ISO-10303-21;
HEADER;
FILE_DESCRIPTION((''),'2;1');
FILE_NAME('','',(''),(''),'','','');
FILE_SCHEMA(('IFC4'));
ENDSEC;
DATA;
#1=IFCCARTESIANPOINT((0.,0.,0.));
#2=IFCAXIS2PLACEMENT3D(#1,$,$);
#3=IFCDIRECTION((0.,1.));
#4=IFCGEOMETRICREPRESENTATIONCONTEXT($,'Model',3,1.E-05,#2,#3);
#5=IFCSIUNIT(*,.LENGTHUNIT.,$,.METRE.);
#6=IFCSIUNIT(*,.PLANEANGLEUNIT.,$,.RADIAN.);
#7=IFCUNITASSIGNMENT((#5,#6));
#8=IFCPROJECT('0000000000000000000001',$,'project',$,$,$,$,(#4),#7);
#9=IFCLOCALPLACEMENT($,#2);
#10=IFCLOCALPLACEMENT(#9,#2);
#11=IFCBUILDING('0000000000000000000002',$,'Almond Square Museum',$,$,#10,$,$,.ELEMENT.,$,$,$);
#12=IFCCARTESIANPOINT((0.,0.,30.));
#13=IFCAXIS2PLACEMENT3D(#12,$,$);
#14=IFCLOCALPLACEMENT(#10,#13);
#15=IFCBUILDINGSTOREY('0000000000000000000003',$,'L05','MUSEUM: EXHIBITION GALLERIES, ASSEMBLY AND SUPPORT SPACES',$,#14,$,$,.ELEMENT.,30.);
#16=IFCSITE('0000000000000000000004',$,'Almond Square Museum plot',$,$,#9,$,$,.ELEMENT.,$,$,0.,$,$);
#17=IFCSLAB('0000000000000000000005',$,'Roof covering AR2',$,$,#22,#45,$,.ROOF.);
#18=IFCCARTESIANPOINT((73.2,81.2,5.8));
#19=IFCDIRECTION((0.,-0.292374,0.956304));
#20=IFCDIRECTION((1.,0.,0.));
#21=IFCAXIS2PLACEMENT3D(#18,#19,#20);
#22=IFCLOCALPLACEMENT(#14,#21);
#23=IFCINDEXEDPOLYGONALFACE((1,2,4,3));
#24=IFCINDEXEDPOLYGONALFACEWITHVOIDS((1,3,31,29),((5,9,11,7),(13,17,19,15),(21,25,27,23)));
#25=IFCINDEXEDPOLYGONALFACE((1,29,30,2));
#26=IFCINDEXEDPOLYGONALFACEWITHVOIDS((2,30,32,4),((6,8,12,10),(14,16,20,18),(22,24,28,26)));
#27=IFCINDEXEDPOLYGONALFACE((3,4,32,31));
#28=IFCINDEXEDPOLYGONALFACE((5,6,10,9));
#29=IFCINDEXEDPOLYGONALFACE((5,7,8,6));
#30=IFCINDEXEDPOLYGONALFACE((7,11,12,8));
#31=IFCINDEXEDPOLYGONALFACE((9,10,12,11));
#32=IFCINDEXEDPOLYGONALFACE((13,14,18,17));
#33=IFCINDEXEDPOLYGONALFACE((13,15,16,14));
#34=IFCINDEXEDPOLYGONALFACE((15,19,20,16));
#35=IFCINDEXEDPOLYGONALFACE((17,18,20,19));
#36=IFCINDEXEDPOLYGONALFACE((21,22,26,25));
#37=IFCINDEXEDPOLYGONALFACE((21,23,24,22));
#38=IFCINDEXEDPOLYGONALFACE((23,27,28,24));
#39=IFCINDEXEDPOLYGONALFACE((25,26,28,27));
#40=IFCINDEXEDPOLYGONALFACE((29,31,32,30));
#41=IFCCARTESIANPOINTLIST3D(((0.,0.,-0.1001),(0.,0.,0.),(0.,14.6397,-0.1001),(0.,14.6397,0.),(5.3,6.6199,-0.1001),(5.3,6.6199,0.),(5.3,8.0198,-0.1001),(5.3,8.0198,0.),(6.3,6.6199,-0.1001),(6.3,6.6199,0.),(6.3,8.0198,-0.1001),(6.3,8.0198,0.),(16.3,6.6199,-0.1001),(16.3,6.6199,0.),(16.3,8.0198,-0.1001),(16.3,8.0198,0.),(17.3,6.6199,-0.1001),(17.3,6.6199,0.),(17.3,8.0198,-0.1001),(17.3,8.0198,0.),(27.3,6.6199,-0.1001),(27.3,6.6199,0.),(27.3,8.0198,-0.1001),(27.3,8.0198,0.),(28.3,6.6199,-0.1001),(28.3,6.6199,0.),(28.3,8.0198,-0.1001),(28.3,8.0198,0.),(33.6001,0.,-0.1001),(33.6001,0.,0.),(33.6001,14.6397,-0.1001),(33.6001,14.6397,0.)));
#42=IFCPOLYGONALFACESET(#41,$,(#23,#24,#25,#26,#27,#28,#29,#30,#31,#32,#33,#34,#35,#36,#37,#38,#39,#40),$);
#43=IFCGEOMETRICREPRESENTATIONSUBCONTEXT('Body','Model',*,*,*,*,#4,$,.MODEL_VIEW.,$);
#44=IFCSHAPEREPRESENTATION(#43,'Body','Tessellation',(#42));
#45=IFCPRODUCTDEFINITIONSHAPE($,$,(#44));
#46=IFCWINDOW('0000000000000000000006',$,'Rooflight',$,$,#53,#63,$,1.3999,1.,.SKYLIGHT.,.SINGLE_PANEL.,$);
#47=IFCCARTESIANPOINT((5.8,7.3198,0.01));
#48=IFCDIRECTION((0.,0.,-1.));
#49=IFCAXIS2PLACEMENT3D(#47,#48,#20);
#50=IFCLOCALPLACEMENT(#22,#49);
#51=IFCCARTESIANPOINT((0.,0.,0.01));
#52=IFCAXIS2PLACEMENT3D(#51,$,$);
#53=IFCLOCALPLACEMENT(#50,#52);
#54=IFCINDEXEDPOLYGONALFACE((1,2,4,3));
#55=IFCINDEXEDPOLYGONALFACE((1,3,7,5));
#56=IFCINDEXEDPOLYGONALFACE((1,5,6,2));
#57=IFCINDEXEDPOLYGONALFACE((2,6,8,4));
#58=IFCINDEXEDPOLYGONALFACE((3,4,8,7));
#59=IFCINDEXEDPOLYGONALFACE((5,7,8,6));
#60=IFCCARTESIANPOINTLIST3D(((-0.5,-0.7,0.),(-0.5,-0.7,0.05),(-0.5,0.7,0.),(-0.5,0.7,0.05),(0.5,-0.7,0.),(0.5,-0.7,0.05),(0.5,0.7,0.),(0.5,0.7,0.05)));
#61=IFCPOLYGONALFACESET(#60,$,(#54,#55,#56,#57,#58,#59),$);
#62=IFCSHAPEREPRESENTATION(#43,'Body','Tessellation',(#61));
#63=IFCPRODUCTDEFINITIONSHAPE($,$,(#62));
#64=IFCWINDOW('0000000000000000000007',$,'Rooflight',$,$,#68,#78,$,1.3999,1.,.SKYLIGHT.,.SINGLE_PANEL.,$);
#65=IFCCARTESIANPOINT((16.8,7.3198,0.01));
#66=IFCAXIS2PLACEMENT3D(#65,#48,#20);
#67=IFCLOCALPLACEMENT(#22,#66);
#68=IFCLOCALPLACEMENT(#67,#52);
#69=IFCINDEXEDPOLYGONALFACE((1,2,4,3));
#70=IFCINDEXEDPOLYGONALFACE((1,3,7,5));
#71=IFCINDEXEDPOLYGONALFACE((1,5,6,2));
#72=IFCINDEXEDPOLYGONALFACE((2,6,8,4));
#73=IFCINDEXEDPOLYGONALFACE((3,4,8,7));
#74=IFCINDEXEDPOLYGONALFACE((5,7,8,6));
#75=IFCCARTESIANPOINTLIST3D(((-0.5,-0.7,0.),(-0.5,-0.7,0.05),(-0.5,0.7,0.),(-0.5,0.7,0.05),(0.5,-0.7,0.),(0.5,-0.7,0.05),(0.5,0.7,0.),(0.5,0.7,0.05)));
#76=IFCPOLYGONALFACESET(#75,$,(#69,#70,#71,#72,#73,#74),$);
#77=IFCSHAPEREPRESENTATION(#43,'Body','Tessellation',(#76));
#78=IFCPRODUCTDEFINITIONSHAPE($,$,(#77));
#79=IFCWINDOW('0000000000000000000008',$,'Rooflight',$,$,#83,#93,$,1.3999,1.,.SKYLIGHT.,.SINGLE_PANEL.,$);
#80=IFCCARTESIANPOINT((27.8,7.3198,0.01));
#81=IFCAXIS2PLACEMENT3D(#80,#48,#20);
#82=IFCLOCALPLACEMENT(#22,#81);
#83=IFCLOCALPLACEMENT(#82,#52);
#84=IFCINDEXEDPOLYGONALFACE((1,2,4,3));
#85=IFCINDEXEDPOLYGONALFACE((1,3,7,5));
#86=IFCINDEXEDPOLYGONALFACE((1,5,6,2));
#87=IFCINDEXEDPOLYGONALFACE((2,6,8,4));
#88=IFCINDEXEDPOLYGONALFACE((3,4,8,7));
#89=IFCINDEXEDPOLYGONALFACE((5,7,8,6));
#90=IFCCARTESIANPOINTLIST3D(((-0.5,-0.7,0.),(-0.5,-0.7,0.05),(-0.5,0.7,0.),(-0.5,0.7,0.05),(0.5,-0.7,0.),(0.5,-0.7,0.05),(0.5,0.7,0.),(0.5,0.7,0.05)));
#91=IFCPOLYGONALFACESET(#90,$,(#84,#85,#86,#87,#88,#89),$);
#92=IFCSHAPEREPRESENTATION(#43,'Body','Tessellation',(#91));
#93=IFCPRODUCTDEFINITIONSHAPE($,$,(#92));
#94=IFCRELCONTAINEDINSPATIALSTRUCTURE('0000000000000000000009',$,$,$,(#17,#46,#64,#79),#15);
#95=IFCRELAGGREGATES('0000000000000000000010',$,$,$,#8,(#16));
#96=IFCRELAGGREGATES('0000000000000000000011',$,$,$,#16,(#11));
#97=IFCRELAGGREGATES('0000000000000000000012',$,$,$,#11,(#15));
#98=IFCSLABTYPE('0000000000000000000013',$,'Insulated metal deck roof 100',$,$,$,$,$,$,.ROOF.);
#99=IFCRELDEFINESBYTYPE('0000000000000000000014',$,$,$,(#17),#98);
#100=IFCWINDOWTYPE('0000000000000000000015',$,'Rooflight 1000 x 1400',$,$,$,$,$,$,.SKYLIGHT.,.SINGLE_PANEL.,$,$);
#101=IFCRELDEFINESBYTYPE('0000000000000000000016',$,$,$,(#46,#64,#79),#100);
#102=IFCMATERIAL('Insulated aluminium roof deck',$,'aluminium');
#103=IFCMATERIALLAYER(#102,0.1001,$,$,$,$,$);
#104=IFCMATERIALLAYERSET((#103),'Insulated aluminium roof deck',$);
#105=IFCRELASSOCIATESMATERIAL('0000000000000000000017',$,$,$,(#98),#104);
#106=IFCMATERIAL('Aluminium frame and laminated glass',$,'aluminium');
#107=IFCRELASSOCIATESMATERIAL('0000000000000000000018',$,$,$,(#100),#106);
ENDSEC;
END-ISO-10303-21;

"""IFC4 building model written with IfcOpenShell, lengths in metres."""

from ifc_helpers import new_model, si_unit, direction, frame, origin, origin_2d, place, context, subcontext, project, spatial, polyline, rectangle, outline, extrude, material, layer, layer_set, type_object, element, fill, save


model = new_model("IFC4")

# Units and contexts
model_context = context("Model", 3, precision=1e-05, world=origin(), true_north=direction((0.0, 1.0)))
body_context = subcontext(model_context, "Body", "Model", "MODEL_VIEW")
ifc_project = project(units=[si_unit("LENGTHUNIT", "METRE"), si_unit("PLANEANGLEUNIT", "RADIAN")], contexts=[model_context])

# Site, building, storey
site_placement = place(None, origin())
site = spatial("IfcSite", under=ifc_project, at=site_placement, Name="Almond Square Museum plot", CompositionType="ELEMENT", RefElevation=0.0)
building_placement = place(site_placement, origin())
building = spatial("IfcBuilding", under=site, at=building_placement, Name="Almond Square Museum", CompositionType="ELEMENT")
storey_placement = place(building_placement, frame((0.0, 0.0, 30.0)))
storey = spatial("IfcBuildingStorey", under=building, at=storey_placement, Name="L05", Description="MUSEUM: EXHIBITION GALLERIES, ASSEMBLY AND SUPPORT SPACES", CompositionType="ELEMENT", Elevation=30.0)

# Slab, openings, windows
ifc_material_1 = material(Name="Insulated aluminium roof deck", Category="aluminium")
ifc_layer_1 = layer(ifc_material_1, 0.1001)
ifc_layer_set_1 = layer_set([ifc_layer_1], Name="Insulated aluminium roof deck")
slab_type = type_object("IfcSlabType", Name="Insulated metal deck roof 100", PredefinedType="ROOF", material=ifc_layer_set_1)
slab_placement = place(storey_placement, frame((73.2, 81.2, 5.8), z_axis=(0.0, -0.292374, 0.956304), x_axis=(1.0, 0.0, 0.0)))
slab = element("IfcSlab", 1, at=slab_placement, inside=storey, type_object=slab_type, Name="Roof covering AR2", PredefinedType="ROOF", context=body_context, shape_type="SweptSolid", body=[
    extrude(outline(polyline([(0.0, 0.0), (33.6001, 0.0), (33.6001, 14.6397), (0.0, 14.6397), (0.0, 0.0)])), origin(), (0.0, 0.0, -1.0), 0.1001),
])
opening_1_placement = place(slab_placement, frame((5.8, 7.3198, 0.01), z_axis=(0.0, 0.0, -1.0), x_axis=(1.0, 0.0, 0.0)))
opening_1 = element("IfcOpeningElement", 2, at=opening_1_placement, cuts=slab, PredefinedType="OPENING", context=body_context, shape_type="SweptSolid", body=[
    extrude(rectangle(XDim=1.0, YDim=1.3999, at=origin_2d()), origin(), (0.0, 0.0, 1.0), 0.1201),
])
opening_2_placement = place(slab_placement, frame((16.8, 7.3198, 0.01), z_axis=(0.0, 0.0, -1.0), x_axis=(1.0, 0.0, 0.0)))
opening_2 = element("IfcOpeningElement", 3, at=opening_2_placement, cuts=slab, PredefinedType="OPENING", context=body_context, shape_type="SweptSolid", body=[
    extrude(rectangle(XDim=1.0, YDim=1.3999, at=origin_2d()), origin(), (0.0, 0.0, 1.0), 0.1201),
])
opening_3_placement = place(slab_placement, frame((27.8, 7.3198, 0.01), z_axis=(0.0, 0.0, -1.0), x_axis=(1.0, 0.0, 0.0)))
opening_3 = element("IfcOpeningElement", 4, at=opening_3_placement, cuts=slab, PredefinedType="OPENING", context=body_context, shape_type="SweptSolid", body=[
    extrude(rectangle(XDim=1.0, YDim=1.3999, at=origin_2d()), origin(), (0.0, 0.0, 1.0), 0.1201),
])
ifc_material_2 = material(Name="Aluminium frame and laminated glass", Category="aluminium")
window_type_1 = type_object("IfcWindowType", Name="Rooflight 1000 x 1400", PartitioningType="SINGLE_PANEL", PredefinedType="SKYLIGHT", material=ifc_material_2)
window_1_placement = place(opening_1_placement, frame((0.0, 0.0, 0.01)))
window_1 = element("IfcWindow", 5, at=window_1_placement, inside=storey, type_object=window_type_1, Name="Rooflight", OverallHeight=1.3999, OverallWidth=1.0, PartitioningType="SINGLE_PANEL", PredefinedType="SKYLIGHT", context=body_context, shape_type="SweptSolid", body=[
    extrude(rectangle(XDim=1.0, YDim=1.3999, at=origin_2d()), origin(), (0.0, 0.0, 1.0), 0.05),
])
fill(opening_1, window_1)
window_2_placement = place(opening_2_placement, frame((0.0, 0.0, 0.01)))
window_2 = element("IfcWindow", 6, at=window_2_placement, inside=storey, type_object=window_type_1, Name="Rooflight", OverallHeight=1.3999, OverallWidth=1.0, PartitioningType="SINGLE_PANEL", PredefinedType="SKYLIGHT", context=body_context, shape_type="SweptSolid", body=[
    extrude(rectangle(XDim=1.0, YDim=1.3999, at=origin_2d()), origin(), (0.0, 0.0, 1.0), 0.05),
])
fill(opening_2, window_2)
window_3_placement = place(opening_3_placement, frame((0.0, 0.0, 0.01)))
window_3 = element("IfcWindow", 7, at=window_3_placement, inside=storey, type_object=window_type_1, Name="Rooflight", OverallHeight=1.3999, OverallWidth=1.0, PartitioningType="SINGLE_PANEL", PredefinedType="SKYLIGHT", context=body_context, shape_type="SweptSolid", body=[
    extrude(rectangle(XDim=1.0, YDim=1.3999, at=origin_2d()), origin(), (0.0, 0.0, 1.0), 0.05),
])
fill(opening_3, window_3)

save(model, "model.ifc")
